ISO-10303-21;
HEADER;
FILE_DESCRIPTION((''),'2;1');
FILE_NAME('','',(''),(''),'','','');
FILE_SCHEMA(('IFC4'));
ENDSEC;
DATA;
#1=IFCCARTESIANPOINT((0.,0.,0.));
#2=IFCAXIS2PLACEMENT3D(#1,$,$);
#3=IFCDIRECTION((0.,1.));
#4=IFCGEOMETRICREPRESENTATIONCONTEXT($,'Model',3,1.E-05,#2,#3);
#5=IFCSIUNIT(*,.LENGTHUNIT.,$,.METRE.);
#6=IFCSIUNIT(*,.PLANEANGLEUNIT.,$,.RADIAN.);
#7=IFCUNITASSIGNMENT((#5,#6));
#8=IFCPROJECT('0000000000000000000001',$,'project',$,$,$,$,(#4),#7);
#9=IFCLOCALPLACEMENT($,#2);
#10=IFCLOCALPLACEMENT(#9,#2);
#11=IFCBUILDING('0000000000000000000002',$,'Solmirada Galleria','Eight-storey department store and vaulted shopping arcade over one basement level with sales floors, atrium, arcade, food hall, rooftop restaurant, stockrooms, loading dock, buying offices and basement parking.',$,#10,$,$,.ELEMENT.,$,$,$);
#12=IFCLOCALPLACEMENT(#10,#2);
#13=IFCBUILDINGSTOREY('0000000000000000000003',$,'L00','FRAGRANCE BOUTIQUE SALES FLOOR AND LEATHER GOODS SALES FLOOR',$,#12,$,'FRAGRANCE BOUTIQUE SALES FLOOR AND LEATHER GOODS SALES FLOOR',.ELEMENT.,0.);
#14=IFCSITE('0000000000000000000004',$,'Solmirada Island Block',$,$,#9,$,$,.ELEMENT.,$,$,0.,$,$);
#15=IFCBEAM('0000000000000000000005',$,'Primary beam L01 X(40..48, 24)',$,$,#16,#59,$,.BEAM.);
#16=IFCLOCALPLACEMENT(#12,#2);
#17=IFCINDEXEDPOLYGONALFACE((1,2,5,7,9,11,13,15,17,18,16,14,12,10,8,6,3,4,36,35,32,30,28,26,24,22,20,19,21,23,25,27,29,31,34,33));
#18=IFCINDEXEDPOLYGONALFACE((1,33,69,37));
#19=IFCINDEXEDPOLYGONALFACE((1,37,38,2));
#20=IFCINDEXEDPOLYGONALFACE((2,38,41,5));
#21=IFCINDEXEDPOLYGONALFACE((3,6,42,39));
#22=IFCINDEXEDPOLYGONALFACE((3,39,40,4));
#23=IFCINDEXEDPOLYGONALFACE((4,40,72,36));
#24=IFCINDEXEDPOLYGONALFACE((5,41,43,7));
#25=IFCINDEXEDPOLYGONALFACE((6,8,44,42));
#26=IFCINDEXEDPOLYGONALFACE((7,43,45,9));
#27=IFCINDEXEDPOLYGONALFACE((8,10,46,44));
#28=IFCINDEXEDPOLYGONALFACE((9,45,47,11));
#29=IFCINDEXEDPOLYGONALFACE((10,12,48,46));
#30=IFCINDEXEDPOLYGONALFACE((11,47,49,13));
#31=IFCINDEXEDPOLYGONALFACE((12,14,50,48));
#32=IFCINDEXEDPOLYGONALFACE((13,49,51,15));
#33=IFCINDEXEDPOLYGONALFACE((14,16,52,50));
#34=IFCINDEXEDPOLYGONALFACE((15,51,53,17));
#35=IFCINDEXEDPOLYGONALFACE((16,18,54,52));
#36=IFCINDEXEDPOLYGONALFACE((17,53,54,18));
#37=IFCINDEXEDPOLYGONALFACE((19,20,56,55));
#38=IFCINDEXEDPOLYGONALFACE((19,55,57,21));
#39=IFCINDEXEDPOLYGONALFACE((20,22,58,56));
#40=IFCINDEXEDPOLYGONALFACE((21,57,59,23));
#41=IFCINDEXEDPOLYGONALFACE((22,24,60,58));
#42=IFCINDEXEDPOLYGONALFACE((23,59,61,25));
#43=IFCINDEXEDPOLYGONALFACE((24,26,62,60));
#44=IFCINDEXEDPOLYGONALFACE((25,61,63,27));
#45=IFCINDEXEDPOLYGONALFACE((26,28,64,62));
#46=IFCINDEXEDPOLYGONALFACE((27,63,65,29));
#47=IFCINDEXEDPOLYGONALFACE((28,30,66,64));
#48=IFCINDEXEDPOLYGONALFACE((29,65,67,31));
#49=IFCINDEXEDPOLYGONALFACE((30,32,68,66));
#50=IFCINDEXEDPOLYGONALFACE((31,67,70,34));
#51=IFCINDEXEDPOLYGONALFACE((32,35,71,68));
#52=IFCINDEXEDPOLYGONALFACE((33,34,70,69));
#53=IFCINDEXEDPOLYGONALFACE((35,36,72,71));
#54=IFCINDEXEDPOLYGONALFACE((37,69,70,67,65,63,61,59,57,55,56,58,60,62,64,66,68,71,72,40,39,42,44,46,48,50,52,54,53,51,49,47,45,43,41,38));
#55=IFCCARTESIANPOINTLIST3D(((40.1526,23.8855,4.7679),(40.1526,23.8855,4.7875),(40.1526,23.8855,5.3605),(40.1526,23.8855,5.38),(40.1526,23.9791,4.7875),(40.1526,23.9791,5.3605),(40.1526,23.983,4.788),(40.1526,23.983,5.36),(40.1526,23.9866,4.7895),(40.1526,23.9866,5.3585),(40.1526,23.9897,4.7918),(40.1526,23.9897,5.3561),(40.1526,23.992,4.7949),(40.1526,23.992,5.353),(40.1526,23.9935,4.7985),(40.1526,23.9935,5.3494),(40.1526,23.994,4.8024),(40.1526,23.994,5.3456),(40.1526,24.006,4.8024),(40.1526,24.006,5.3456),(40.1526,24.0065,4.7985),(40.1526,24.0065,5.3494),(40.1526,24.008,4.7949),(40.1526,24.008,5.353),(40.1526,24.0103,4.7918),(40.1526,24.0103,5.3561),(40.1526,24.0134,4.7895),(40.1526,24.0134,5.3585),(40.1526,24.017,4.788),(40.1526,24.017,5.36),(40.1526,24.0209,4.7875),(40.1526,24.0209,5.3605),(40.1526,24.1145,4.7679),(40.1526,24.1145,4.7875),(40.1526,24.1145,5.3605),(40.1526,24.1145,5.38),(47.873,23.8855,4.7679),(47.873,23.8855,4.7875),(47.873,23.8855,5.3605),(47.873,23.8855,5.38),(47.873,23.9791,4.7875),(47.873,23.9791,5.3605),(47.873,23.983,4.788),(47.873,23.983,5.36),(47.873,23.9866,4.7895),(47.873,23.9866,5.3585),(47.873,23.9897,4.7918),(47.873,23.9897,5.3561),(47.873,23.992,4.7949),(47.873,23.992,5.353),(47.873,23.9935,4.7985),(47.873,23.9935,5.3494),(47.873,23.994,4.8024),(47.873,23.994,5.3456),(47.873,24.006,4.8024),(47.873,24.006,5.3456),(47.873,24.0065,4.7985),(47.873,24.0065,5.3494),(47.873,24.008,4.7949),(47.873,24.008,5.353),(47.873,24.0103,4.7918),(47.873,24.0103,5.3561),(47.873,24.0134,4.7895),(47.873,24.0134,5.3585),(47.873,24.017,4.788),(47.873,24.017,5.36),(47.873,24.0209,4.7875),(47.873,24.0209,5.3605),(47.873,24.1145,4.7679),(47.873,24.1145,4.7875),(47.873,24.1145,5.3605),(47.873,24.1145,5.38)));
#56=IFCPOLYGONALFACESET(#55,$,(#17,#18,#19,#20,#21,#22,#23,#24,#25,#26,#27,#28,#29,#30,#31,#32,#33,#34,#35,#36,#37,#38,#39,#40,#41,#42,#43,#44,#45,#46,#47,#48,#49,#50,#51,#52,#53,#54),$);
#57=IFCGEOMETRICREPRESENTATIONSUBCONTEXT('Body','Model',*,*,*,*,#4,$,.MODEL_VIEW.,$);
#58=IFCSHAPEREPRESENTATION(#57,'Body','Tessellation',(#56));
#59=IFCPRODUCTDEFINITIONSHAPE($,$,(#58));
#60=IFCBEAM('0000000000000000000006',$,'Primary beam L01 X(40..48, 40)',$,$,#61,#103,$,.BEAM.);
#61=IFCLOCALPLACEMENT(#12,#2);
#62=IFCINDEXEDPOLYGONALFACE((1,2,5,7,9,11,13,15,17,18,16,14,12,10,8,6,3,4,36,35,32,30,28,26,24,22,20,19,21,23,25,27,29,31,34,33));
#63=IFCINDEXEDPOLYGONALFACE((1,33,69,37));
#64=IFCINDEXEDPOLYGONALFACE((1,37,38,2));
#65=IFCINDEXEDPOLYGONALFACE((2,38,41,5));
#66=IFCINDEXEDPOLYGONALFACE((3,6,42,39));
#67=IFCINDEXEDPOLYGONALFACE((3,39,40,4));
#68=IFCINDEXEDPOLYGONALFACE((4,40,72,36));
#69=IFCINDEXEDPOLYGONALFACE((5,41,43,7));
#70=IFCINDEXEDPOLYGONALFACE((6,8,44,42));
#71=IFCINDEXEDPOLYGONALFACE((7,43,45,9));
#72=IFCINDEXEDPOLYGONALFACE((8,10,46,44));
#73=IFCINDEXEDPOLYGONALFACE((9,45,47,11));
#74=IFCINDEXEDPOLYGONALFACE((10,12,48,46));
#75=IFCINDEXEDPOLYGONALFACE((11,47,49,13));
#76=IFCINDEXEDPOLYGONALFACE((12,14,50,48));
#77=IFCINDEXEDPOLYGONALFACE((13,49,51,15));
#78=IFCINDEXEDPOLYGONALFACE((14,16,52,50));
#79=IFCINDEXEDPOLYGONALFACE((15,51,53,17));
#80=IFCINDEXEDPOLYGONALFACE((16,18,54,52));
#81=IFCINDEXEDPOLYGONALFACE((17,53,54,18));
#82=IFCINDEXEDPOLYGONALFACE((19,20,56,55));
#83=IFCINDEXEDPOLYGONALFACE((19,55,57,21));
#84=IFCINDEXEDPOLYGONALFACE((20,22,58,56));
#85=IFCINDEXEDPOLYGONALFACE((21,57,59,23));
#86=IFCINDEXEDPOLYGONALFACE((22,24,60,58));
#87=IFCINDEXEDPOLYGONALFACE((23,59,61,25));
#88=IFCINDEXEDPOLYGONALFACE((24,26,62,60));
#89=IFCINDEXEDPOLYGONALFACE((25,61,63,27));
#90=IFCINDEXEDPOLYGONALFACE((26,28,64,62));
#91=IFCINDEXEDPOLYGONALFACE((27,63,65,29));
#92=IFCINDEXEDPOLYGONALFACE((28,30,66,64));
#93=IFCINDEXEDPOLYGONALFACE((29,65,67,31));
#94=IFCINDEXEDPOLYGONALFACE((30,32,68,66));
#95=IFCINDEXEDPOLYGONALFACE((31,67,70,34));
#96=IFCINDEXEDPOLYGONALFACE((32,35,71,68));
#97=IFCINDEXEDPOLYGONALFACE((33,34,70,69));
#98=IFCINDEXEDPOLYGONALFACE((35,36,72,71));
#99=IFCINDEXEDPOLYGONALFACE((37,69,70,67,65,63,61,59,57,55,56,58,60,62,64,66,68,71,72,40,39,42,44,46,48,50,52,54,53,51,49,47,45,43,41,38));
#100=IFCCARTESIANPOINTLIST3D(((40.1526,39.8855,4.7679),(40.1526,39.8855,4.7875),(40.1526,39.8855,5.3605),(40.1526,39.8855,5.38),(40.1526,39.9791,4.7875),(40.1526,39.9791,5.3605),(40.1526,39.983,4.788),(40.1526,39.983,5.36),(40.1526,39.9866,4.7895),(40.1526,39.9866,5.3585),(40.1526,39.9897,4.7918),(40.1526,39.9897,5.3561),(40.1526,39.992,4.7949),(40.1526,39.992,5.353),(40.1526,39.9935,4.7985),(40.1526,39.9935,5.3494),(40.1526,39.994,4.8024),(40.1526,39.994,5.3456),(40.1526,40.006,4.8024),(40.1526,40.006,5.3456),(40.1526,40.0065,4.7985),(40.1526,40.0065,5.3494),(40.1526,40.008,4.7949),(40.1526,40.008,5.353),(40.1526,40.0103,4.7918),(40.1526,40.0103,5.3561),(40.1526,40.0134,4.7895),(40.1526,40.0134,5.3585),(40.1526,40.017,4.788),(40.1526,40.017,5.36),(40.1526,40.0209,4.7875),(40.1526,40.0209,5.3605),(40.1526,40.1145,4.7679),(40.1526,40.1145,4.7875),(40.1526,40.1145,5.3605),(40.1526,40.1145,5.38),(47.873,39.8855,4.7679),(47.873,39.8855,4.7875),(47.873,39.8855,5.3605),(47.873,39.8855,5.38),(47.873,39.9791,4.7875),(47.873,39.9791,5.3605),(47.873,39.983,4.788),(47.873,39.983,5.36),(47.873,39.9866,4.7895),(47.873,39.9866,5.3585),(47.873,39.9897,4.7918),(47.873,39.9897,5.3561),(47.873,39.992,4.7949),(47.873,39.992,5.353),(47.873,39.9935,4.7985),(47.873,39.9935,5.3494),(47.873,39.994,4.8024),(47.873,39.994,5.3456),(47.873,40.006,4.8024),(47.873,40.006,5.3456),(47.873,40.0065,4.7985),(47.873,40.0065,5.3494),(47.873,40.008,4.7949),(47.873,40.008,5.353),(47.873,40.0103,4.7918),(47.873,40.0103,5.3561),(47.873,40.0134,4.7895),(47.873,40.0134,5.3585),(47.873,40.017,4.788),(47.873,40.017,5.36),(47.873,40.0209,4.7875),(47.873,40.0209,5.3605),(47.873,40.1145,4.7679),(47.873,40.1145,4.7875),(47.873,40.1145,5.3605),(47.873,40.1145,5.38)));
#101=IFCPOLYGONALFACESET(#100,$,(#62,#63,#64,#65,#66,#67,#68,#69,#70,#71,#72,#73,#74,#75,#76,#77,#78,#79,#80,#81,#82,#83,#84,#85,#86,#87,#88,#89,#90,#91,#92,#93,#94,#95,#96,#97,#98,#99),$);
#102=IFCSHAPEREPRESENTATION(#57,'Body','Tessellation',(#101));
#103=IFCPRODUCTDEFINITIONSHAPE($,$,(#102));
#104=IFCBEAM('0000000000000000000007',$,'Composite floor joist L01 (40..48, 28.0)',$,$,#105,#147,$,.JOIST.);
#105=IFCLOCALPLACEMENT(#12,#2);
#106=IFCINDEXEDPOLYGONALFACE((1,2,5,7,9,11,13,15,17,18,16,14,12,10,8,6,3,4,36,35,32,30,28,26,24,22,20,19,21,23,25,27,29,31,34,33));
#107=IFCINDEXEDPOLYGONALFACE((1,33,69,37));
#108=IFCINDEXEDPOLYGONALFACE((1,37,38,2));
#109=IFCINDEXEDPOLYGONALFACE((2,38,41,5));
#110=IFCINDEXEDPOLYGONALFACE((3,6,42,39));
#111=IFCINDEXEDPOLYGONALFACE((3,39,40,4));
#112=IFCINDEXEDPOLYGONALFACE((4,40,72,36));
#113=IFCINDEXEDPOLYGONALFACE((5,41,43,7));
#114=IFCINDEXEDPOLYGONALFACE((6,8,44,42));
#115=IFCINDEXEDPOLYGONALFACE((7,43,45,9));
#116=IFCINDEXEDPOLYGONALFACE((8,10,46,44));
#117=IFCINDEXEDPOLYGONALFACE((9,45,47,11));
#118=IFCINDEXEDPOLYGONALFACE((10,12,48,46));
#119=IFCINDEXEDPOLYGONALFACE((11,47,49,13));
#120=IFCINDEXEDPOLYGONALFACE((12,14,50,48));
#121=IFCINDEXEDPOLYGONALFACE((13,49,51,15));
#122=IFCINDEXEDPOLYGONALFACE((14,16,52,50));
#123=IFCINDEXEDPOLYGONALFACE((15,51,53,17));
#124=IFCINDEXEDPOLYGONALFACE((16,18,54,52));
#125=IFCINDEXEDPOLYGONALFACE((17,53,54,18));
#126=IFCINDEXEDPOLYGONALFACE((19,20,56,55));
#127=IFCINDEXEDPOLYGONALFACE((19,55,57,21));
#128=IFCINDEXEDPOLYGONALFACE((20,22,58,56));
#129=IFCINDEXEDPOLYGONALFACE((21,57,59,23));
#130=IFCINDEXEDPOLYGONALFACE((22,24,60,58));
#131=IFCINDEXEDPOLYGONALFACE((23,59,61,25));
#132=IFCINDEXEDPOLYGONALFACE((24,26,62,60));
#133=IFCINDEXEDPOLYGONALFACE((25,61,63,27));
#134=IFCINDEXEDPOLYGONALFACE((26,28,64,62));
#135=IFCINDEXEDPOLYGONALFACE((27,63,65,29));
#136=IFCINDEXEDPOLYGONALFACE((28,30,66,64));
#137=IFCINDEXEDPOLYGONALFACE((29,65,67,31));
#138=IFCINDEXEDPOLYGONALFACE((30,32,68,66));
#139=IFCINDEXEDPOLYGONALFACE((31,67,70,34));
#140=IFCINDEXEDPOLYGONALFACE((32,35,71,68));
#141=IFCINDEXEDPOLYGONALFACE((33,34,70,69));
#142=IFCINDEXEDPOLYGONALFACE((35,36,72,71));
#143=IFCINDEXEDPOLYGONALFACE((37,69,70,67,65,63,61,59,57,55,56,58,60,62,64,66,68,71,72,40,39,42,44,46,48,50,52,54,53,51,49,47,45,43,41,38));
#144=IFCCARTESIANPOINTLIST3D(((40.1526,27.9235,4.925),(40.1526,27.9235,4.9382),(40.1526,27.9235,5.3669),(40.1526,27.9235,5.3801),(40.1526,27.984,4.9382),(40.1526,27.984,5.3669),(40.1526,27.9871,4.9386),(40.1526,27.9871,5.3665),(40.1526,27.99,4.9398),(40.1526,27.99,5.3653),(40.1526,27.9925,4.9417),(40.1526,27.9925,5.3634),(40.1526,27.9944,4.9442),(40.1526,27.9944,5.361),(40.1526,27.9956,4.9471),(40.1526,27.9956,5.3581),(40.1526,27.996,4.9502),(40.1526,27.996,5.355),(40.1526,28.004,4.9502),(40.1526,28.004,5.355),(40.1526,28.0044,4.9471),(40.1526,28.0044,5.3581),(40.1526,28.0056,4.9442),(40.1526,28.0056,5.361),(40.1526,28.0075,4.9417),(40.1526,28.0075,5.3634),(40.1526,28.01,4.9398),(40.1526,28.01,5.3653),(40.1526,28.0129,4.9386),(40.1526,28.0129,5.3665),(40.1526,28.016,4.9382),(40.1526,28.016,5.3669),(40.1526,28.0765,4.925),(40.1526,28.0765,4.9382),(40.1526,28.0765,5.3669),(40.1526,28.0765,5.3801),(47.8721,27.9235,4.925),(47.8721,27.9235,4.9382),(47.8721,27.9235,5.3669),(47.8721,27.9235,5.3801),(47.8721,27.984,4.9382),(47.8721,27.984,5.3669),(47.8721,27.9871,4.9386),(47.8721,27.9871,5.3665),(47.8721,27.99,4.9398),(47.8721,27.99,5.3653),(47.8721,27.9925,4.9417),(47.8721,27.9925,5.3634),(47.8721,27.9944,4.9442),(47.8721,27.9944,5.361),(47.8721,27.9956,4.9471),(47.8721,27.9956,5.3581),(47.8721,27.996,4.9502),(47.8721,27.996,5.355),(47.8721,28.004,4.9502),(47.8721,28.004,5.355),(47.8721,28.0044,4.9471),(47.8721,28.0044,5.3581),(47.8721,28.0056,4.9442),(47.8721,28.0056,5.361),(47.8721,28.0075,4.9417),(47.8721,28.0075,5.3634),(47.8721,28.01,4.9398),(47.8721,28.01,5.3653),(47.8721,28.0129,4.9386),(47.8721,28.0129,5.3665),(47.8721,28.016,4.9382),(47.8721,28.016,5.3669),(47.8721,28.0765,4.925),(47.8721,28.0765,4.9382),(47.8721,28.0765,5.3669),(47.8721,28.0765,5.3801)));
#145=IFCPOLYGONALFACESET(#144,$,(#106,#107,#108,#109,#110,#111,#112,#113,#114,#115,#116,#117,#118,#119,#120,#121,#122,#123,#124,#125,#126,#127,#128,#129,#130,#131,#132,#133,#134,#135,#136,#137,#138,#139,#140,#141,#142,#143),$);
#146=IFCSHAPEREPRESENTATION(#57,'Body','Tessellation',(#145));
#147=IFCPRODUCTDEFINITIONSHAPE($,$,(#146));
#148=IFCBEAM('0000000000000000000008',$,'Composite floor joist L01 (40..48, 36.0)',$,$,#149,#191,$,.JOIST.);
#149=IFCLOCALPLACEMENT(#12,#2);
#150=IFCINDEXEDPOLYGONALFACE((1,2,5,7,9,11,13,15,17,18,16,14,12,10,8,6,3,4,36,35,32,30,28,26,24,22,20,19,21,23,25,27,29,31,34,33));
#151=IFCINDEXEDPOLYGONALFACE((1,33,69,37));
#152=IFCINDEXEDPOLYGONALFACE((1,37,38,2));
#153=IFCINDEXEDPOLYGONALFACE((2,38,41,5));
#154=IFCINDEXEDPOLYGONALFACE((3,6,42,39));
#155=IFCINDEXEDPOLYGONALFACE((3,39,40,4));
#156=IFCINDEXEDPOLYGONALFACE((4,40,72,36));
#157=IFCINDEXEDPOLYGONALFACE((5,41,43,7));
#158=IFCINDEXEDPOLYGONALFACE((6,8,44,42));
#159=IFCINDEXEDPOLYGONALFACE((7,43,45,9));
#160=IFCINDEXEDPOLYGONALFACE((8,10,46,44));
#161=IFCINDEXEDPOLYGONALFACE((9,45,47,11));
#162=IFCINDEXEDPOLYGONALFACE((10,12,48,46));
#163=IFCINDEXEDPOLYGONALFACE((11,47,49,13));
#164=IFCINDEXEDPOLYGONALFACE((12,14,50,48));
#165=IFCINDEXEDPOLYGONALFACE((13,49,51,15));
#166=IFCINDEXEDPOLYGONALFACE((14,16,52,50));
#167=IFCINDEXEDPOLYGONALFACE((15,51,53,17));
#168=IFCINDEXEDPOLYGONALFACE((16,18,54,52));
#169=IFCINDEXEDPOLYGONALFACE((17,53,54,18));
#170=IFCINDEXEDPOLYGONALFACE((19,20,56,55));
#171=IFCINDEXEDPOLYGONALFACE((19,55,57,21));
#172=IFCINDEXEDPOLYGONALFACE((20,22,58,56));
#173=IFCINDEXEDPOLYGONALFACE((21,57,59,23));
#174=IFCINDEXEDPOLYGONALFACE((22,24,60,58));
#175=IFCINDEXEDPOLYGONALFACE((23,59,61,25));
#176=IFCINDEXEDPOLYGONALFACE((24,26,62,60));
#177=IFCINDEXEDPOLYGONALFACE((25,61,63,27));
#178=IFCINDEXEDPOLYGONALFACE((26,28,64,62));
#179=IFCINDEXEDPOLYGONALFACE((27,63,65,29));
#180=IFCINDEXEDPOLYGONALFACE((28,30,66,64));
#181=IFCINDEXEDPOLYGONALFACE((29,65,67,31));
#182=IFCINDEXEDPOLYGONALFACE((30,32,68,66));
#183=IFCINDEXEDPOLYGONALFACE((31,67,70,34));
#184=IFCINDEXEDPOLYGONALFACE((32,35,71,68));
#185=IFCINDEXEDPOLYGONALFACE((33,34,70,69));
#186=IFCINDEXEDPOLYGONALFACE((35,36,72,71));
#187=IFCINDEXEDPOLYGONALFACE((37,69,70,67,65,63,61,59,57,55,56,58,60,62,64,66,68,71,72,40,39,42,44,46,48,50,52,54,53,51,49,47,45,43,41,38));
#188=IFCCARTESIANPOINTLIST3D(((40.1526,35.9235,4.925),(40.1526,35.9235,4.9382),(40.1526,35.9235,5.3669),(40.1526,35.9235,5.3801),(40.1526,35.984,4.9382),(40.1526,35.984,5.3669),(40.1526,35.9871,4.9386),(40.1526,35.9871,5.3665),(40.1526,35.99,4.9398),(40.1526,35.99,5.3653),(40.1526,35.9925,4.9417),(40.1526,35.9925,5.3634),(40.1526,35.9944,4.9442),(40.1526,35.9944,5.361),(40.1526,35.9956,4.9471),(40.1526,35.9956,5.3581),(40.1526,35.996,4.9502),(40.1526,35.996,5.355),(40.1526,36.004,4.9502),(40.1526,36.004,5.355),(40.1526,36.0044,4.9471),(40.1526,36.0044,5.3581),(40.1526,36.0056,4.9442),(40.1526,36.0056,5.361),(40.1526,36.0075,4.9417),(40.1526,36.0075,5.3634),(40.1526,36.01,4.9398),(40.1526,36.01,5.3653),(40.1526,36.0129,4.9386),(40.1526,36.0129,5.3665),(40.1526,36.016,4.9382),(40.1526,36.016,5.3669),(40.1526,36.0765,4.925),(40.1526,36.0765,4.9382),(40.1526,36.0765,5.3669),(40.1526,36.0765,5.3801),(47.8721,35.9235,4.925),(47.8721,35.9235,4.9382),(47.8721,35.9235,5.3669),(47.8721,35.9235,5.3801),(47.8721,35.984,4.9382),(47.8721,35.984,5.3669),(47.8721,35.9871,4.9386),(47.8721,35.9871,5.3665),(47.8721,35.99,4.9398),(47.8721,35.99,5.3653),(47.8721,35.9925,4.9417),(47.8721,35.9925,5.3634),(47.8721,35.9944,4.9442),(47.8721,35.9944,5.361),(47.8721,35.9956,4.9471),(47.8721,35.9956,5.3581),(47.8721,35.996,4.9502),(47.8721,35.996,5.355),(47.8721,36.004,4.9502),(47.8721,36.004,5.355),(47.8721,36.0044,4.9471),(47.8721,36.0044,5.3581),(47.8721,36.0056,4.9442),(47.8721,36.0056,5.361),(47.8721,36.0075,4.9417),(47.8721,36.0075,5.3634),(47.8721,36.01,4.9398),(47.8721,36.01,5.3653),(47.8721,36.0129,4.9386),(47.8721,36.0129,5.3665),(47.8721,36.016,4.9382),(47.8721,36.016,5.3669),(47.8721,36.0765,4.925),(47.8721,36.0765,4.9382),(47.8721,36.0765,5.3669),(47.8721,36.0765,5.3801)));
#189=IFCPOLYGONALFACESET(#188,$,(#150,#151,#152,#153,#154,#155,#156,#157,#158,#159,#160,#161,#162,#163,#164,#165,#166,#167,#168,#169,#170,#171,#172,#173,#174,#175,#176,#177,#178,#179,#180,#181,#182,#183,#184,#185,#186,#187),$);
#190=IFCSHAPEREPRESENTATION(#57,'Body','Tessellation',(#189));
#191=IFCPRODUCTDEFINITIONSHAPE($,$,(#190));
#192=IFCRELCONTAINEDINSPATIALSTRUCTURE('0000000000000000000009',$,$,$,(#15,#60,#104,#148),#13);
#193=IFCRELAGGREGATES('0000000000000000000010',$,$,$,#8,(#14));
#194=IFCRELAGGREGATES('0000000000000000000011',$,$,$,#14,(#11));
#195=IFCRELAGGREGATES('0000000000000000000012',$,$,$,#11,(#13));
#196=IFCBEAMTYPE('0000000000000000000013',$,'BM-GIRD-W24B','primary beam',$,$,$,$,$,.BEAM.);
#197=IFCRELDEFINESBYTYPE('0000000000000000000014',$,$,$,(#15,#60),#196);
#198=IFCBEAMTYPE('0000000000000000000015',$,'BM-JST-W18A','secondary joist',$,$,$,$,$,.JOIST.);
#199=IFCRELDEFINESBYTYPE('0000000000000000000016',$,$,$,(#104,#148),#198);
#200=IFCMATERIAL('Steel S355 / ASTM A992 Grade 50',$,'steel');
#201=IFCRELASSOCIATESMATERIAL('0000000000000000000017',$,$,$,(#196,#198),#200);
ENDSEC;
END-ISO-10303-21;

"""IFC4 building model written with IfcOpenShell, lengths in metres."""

from ifc_helpers import new_model, si_unit, direction, frame, origin, origin_2d, place, context, subcontext, project, spatial, i_section, extrude, material, material_profile, profile_set, type_object, element, save


model = new_model("IFC4")

# Units and contexts
model_context = context("Model", 3, precision=1e-05, world=origin(), true_north=direction((0.0, 1.0)))
body_context = subcontext(model_context, "Body", "Model", "MODEL_VIEW")
ifc_project = project(units=[si_unit("LENGTHUNIT", "METRE"), si_unit("PLANEANGLEUNIT", "RADIAN")], contexts=[model_context])

# Site, building, storey
site_placement = place(None, origin())
site = spatial("IfcSite", under=ifc_project, at=site_placement, Name="Solmirada Island Block", CompositionType="ELEMENT", RefElevation=0.0)
building_placement = place(site_placement, origin())
building = spatial("IfcBuilding", under=site, at=building_placement, Name="Solmirada Galleria", Description="Eight-storey department store and vaulted shopping arcade over one basement level with sales floors, atrium, arcade, food hall, rooftop restaurant, stockrooms, loading dock, buying offices and basement parking.", CompositionType="ELEMENT")
storey_placement = place(building_placement, origin())
storey = spatial("IfcBuildingStorey", under=building, at=storey_placement, Name="L00", Description="FRAGRANCE BOUTIQUE SALES FLOOR AND LEATHER GOODS SALES FLOOR", LongName="FRAGRANCE BOUTIQUE SALES FLOOR AND LEATHER GOODS SALES FLOOR", CompositionType="ELEMENT", Elevation=0.0)

# Beams
ifc_material_1 = material(Name="Steel S355 / ASTM A992 Grade 50", Category="steel")
ifc_material_profile_1 = material_profile(ifc_material_1, i_section(OverallWidth=0.229, OverallDepth=0.6121, WebThickness=0.012, FlangeThickness=0.0195, FilletRadius=0.0149, at=origin_2d()), Name="W24X84")
ifc_profile_set_1 = profile_set([ifc_material_profile_1], Name="Steel S355 / ASTM A992 Grade 50")
beam_type_1 = type_object("IfcBeamType", Name="BM-GIRD-W24B", Description="primary beam", PredefinedType="BEAM", material=ifc_profile_set_1)
for number, where, z_axis, x_axis, name in (
    (1, (40.1526, 24.0, 5.074), (1.0, 0.0, 0.0), (0.0, 1.0, 0.0), "Primary beam L01 X(40..48, 24)"),
    (2, (40.1526, 40.0, 5.074), (1.0, 0.0, 0.0), (0.0, 1.0, 0.0), "Primary beam L01 X(40..48, 40)"),
):
    element("IfcBeam", number, at=place(storey_placement, frame(where, z_axis=z_axis, x_axis=x_axis)), inside=storey, type_object=beam_type_1, Name=name, PredefinedType="BEAM", context=body_context, shape_type="SweptSolid", body=[
        extrude(i_section(OverallWidth=0.229, OverallDepth=0.6121, WebThickness=0.012, FlangeThickness=0.0195, FilletRadius=0.0149, at=origin_2d()), origin(), (0.0, 0.0, 1.0), 7.7205),
    ])
ifc_material_profile_2 = material_profile(ifc_material_1, i_section(OverallWidth=0.1531, OverallDepth=0.4551, WebThickness=0.0081, FlangeThickness=0.0132, FilletRadius=0.012, at=origin_2d()), Name="W18X40")
ifc_profile_set_2 = profile_set([ifc_material_profile_2], Name="Steel S355 / ASTM A992 Grade 50")
beam_type_2 = type_object("IfcBeamType", Name="BM-JST-W18A", Description="secondary joist", PredefinedType="JOIST", material=ifc_profile_set_2)
for number, where, z_axis, x_axis, name in (
    (3, (40.1526, 28.0, 5.1526), (1.0, 0.0, 0.0), (0.0, 1.0, 0.0), "Composite floor joist L01 (40..48, 28.0)"),
    (4, (40.1526, 36.0, 5.1526), (1.0, 0.0, 0.0), (0.0, 1.0, 0.0), "Composite floor joist L01 (40..48, 36.0)"),
):
    element("IfcBeam", number, at=place(storey_placement, frame(where, z_axis=z_axis, x_axis=x_axis)), inside=storey, type_object=beam_type_2, Name=name, PredefinedType="JOIST", context=body_context, shape_type="SweptSolid", body=[
        extrude(i_section(OverallWidth=0.1531, OverallDepth=0.4551, WebThickness=0.0081, FlangeThickness=0.0132, FilletRadius=0.012, at=origin_2d()), origin(), (0.0, 0.0, 1.0), 7.7195),
    ])

save(model, "model.ifc")
